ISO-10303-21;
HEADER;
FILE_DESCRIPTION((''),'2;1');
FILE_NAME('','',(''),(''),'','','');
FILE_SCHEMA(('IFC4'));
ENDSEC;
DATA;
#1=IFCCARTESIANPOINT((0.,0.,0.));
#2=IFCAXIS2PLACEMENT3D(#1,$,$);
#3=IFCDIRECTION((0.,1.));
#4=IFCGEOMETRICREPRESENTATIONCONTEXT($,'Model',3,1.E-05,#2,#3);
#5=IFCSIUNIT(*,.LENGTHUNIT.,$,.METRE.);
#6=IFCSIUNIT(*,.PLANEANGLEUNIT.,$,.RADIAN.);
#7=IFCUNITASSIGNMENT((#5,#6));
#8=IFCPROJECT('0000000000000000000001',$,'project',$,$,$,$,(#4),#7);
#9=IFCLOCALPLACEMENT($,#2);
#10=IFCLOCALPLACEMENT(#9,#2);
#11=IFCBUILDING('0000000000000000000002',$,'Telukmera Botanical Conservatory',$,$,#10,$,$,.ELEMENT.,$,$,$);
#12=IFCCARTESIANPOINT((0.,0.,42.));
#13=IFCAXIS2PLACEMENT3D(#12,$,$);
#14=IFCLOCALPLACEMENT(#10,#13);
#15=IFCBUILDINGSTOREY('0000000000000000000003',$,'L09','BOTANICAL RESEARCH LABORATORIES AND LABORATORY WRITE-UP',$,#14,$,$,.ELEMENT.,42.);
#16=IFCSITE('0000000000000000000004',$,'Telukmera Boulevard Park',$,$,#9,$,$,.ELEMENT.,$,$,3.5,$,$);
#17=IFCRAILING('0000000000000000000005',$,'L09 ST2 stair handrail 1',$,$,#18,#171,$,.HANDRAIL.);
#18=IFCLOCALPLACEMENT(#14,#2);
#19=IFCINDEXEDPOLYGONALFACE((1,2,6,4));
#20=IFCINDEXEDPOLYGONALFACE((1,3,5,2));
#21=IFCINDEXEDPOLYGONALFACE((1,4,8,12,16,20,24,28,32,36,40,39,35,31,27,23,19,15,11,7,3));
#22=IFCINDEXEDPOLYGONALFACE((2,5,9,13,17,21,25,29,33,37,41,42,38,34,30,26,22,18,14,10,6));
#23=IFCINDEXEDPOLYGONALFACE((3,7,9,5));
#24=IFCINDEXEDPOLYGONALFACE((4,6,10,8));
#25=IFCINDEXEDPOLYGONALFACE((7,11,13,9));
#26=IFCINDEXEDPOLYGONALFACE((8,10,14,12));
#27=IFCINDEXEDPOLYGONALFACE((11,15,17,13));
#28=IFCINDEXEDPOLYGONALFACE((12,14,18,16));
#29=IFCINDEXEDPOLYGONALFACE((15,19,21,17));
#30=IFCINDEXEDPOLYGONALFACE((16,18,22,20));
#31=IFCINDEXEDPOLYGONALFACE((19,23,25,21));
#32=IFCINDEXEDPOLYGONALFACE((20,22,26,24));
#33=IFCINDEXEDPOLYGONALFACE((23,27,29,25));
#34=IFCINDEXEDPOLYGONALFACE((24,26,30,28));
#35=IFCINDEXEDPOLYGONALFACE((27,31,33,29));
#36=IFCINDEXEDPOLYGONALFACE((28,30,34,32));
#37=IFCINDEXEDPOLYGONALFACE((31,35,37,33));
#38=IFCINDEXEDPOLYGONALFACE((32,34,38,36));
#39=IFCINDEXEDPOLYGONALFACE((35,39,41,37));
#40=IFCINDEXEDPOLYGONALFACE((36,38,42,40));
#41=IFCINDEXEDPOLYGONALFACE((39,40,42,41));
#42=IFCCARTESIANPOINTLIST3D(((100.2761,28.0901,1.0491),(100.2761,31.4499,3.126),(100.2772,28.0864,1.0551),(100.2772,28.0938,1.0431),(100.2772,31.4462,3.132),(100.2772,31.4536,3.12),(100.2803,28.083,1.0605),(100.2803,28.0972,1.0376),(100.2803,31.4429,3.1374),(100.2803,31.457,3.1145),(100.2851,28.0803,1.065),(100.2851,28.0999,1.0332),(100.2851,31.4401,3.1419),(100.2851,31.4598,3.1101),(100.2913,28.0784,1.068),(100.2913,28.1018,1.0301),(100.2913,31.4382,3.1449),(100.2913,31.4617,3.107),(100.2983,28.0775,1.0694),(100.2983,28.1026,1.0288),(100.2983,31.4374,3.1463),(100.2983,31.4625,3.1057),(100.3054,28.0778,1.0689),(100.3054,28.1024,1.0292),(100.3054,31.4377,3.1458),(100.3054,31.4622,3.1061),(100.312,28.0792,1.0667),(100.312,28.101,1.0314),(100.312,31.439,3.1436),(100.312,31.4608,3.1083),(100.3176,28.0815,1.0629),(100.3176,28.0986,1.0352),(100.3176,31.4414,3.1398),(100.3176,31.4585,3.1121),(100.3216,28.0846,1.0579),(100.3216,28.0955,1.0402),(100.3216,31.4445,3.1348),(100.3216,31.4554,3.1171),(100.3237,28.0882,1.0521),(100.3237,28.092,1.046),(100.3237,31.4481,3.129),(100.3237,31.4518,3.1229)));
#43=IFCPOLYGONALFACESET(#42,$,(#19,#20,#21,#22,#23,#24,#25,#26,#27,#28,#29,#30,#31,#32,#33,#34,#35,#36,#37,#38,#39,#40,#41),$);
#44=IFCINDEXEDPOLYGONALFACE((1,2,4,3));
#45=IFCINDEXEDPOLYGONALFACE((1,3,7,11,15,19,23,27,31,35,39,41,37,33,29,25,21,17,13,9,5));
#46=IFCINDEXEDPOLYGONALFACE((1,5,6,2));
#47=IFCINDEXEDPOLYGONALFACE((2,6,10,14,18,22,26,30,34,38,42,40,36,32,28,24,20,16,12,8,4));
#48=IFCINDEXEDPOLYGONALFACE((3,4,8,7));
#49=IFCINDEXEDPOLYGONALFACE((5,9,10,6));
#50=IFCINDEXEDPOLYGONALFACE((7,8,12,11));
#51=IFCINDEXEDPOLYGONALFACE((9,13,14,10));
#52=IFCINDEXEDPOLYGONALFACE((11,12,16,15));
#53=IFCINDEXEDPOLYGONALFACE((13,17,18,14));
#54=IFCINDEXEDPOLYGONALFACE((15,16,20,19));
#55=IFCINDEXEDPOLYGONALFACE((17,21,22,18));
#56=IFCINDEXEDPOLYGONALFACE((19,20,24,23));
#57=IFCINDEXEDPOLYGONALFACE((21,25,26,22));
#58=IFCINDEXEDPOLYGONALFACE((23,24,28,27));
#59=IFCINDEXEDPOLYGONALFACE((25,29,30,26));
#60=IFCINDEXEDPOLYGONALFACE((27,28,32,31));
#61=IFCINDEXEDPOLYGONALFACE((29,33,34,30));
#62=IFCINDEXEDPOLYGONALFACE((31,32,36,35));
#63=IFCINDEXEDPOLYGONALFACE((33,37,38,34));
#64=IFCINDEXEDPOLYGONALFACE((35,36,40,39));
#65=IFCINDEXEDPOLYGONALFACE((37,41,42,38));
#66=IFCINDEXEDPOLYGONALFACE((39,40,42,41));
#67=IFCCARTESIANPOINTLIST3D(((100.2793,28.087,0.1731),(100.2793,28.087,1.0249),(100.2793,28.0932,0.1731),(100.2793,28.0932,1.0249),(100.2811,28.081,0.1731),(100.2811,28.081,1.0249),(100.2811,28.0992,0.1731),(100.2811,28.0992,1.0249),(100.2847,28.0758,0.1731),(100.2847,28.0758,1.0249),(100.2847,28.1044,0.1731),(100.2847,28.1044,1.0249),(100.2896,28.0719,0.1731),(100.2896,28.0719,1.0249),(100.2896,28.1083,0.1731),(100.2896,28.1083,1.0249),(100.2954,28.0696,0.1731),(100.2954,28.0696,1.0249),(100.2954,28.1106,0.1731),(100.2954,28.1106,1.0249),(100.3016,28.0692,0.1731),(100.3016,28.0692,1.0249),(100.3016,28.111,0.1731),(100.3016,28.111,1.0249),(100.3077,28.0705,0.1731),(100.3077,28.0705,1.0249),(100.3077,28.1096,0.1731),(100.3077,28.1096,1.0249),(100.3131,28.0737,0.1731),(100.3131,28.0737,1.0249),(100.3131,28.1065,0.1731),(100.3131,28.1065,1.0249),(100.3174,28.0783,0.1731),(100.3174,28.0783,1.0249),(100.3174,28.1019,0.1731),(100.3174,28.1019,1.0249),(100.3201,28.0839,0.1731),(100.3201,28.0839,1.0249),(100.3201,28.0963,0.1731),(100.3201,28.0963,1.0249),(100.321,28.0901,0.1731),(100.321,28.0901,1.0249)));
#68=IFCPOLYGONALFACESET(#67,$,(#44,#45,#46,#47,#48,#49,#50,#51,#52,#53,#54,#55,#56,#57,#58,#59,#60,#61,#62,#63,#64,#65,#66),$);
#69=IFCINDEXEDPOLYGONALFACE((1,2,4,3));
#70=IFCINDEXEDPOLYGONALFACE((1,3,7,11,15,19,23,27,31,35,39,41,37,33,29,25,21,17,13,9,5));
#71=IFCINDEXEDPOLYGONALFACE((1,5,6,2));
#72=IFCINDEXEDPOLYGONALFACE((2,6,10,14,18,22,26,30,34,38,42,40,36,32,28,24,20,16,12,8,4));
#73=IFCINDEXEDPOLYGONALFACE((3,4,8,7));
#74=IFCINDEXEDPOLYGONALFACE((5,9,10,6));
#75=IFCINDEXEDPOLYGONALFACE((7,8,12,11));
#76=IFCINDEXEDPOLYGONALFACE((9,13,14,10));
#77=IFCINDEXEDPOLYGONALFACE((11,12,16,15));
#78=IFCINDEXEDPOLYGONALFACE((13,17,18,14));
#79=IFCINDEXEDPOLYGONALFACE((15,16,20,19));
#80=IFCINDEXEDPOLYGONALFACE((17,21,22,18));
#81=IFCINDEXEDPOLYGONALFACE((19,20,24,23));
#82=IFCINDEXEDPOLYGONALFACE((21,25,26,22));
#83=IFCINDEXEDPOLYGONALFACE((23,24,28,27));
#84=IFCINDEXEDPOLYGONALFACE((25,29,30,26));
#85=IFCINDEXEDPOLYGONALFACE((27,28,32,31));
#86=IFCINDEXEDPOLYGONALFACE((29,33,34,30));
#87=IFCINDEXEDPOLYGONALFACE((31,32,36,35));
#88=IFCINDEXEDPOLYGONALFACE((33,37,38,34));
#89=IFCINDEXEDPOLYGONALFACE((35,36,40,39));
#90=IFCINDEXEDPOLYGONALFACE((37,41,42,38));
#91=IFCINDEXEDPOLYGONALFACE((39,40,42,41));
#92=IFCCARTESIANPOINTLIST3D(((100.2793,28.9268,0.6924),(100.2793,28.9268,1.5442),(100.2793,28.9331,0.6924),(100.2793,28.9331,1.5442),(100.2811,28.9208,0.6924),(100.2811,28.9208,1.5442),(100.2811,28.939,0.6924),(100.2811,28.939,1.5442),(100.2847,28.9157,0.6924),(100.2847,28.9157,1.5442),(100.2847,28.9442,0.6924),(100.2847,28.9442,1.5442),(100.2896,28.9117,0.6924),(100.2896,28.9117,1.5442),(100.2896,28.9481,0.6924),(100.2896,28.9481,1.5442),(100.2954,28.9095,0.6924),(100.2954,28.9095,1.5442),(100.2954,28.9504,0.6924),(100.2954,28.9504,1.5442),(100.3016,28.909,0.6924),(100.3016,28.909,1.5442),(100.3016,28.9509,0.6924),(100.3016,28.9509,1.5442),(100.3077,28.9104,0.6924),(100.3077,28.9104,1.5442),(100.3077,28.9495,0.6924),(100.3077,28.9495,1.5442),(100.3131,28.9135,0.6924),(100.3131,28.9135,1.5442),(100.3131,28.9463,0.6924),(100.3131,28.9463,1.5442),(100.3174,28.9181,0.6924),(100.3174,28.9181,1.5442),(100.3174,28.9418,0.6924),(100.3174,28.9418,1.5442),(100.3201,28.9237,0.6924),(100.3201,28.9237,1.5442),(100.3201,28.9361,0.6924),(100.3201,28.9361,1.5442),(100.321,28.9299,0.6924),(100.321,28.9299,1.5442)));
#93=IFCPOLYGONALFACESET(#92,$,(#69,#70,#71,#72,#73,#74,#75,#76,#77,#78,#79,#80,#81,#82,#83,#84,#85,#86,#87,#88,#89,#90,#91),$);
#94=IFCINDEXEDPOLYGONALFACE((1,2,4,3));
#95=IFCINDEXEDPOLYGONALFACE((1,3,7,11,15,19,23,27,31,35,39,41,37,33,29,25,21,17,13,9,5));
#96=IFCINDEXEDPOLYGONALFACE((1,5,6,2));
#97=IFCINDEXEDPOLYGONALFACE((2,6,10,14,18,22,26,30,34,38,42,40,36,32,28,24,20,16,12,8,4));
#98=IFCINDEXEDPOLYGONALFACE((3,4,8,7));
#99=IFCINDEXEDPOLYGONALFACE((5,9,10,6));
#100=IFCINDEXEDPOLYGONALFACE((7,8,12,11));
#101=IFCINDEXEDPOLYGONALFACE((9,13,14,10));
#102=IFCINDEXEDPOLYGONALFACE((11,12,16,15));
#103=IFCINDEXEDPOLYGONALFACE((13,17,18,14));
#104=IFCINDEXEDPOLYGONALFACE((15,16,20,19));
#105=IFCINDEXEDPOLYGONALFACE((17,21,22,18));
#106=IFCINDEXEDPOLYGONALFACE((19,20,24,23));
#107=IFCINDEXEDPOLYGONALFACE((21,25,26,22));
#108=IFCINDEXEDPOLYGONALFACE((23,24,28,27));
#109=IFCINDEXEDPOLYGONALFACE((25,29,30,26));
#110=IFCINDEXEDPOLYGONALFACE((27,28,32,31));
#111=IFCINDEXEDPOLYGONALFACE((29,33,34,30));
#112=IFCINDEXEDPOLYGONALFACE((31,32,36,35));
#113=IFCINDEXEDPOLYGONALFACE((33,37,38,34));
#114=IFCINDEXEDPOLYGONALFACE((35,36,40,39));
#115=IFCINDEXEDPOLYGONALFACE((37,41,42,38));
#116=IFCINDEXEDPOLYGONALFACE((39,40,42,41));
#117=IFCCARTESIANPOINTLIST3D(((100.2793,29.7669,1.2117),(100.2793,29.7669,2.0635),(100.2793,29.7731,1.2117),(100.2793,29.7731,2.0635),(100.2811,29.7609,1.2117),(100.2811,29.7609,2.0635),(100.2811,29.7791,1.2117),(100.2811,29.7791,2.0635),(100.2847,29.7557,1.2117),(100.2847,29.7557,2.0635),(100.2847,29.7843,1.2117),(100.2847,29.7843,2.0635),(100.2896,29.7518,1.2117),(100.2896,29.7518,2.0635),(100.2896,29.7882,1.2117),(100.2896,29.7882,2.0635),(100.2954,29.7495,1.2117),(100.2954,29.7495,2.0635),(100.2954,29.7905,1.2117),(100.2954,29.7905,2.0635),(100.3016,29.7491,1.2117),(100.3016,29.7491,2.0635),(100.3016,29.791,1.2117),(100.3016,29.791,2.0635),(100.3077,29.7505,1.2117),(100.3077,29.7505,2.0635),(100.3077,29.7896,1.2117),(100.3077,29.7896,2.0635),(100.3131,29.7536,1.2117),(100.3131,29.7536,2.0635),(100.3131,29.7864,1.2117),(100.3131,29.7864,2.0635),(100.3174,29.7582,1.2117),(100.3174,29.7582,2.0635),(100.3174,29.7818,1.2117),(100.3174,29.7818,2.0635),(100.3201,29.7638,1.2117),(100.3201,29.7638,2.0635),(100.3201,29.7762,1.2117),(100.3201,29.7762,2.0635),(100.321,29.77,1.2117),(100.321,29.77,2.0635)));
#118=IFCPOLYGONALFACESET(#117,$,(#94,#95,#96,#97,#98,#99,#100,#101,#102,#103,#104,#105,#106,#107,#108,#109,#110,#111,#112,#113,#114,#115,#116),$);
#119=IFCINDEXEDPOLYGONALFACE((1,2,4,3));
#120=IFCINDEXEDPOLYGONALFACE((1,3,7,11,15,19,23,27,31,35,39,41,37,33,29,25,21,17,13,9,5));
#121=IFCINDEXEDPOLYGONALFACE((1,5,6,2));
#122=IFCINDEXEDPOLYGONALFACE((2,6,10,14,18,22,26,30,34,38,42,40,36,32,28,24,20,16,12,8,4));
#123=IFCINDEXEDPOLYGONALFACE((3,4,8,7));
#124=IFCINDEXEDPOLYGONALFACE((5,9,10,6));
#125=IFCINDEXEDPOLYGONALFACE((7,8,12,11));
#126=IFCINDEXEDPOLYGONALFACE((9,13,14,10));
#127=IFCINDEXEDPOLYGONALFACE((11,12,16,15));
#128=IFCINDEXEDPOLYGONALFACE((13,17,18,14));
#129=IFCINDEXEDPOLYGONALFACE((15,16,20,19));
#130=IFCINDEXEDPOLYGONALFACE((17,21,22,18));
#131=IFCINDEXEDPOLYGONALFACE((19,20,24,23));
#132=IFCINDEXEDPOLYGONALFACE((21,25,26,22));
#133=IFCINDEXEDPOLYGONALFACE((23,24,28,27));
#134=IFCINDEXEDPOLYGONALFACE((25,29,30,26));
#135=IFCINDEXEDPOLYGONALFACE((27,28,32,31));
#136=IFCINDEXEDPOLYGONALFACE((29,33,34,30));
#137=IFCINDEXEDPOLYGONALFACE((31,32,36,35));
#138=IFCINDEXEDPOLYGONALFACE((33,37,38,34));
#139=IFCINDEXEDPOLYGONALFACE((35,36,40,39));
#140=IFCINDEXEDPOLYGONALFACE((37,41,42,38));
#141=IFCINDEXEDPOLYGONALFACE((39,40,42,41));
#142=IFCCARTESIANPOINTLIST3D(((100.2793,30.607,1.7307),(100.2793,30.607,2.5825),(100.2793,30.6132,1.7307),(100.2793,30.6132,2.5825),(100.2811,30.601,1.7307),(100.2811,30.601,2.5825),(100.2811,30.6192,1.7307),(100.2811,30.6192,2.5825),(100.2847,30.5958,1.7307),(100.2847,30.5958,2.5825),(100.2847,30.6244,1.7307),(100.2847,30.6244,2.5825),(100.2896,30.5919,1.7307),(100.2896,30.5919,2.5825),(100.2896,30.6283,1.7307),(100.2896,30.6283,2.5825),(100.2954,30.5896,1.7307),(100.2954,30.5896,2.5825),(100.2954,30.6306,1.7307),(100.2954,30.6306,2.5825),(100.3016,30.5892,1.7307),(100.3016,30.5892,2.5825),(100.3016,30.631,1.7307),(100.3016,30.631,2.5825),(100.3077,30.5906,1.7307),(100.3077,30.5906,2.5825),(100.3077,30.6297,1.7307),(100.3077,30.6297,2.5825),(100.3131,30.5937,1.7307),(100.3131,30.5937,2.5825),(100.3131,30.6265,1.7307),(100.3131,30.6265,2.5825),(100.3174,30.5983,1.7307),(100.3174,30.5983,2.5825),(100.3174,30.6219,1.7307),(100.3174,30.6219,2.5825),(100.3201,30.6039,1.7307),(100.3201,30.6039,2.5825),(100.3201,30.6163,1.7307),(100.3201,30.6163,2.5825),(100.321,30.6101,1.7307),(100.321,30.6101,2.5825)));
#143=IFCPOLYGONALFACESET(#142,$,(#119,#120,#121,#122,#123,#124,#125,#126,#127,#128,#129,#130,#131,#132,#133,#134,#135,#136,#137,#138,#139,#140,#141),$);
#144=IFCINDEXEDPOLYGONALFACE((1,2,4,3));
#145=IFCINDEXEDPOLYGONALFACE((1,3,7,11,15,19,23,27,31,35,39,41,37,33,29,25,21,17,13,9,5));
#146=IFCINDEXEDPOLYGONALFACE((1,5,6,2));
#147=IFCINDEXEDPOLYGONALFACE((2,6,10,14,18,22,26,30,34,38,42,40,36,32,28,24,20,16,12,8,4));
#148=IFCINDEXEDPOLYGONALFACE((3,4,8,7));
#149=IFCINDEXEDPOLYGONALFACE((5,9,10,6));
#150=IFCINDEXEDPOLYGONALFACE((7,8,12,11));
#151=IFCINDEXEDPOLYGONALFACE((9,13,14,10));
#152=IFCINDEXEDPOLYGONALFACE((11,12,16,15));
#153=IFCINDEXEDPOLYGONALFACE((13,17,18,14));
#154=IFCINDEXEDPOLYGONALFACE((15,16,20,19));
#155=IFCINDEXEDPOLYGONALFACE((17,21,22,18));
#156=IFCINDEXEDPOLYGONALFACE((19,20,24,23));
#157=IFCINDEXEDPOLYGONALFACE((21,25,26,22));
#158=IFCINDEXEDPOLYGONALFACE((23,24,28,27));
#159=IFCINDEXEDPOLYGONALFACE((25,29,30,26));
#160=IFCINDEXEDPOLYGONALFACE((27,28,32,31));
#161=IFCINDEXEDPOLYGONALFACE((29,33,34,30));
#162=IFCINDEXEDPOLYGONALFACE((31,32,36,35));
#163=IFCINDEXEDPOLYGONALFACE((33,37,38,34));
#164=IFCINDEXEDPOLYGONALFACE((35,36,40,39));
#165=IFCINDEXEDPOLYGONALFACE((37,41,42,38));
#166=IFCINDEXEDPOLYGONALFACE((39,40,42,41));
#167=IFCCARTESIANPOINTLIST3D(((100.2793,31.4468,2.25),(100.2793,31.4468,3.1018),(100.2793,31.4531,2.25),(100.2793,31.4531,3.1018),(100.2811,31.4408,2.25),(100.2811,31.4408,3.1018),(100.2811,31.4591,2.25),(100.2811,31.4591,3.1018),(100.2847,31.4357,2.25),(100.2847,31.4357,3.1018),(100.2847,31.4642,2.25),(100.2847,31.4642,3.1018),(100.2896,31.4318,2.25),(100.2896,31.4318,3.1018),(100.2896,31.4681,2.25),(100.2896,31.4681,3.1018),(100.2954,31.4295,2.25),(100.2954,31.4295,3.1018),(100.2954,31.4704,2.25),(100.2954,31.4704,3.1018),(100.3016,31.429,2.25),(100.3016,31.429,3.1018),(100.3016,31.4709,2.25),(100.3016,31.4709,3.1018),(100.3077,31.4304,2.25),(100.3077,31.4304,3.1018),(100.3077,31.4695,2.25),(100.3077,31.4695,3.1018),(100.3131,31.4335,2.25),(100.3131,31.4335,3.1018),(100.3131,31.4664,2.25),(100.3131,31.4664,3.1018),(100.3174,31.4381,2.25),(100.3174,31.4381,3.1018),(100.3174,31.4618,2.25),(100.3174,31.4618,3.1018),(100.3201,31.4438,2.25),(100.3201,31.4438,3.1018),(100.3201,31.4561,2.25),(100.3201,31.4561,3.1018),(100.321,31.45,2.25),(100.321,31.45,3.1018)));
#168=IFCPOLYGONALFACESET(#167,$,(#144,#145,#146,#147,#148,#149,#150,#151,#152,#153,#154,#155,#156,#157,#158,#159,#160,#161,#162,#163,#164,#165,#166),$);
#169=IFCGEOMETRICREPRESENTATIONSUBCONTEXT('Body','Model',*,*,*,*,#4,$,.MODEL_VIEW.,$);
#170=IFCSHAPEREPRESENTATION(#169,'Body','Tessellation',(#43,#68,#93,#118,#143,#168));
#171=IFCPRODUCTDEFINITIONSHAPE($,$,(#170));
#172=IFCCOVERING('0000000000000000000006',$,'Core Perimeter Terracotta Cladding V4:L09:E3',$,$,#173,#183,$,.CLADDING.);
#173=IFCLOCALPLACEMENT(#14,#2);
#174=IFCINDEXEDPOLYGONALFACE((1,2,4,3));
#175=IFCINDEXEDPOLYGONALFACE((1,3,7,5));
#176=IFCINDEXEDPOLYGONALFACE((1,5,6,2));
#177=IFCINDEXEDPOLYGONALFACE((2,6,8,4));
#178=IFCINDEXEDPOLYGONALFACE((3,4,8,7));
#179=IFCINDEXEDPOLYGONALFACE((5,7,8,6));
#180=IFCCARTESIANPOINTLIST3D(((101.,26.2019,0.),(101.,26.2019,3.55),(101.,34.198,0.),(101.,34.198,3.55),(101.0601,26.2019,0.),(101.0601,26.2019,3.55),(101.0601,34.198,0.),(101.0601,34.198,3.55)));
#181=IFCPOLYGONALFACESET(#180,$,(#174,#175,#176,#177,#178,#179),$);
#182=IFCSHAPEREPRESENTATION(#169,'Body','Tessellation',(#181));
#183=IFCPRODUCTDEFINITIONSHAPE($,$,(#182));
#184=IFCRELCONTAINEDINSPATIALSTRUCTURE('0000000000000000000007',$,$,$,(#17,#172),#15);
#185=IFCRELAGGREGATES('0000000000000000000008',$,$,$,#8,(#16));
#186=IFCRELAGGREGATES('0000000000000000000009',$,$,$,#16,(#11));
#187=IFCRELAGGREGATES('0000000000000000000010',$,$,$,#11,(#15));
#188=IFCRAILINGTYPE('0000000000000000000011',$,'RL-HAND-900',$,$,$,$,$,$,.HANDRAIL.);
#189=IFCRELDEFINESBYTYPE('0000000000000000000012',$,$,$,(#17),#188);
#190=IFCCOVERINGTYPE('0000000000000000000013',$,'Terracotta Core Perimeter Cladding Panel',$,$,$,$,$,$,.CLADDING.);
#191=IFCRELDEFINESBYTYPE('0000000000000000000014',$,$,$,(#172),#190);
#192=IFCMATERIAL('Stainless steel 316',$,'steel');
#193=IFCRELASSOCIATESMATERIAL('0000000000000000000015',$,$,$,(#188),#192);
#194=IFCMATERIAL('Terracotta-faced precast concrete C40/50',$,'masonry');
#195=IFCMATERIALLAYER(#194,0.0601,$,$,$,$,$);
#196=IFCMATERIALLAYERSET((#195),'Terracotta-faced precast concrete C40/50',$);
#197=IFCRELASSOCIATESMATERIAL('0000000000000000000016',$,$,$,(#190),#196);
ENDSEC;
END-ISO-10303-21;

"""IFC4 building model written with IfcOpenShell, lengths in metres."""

from ifc_helpers import new_model, si_unit, direction, frame, origin, origin_2d, place, context, subcontext, project, spatial, rectangle, circle, extrude, material, layer, layer_set, type_object, element, save


model = new_model("IFC4")

# Units and contexts
model_context = context("Model", 3, precision=1e-05, world=origin(), true_north=direction((0.0, 1.0)))
body_context = subcontext(model_context, "Body", "Model", "MODEL_VIEW")
ifc_project = project(units=[si_unit("LENGTHUNIT", "METRE"), si_unit("PLANEANGLEUNIT", "RADIAN")], contexts=[model_context])

# Site, building, storey
site_placement = place(None, origin())
site = spatial("IfcSite", under=ifc_project, at=site_placement, Name="Telukmera Boulevard Park", CompositionType="ELEMENT", RefElevation=3.5)
building_placement = place(site_placement, origin())
building = spatial("IfcBuilding", under=site, at=building_placement, Name="Telukmera Botanical Conservatory", CompositionType="ELEMENT")
storey_placement = place(building_placement, frame((0.0, 0.0, 42.0)))
storey = spatial("IfcBuildingStorey", under=building, at=storey_placement, Name="L09", Description="BOTANICAL RESEARCH LABORATORIES AND LABORATORY WRITE-UP", CompositionType="ELEMENT", Elevation=42.0)

# Shared definitions
ifc_material_1 = material(Name="Stainless steel 316", Category="steel")

# Shared definitions
ifc_material_2 = material(Name="Terracotta-faced precast concrete C40/50", Category="masonry")

# Railing
railing_type_1 = type_object("IfcRailingType", Name="RL-HAND-900", PredefinedType="HANDRAIL", material=ifc_material_1)
railing_1_placement = place(storey_placement, frame((100.3, 28.0901, 0.1731)))
element("IfcRailing", 1, at=railing_1_placement, inside=storey, type_object=railing_type_1, Name="L09 ST2 stair handrail 1", PredefinedType="HANDRAIL", context=body_context, shape_type="SweptSolid", body=[
    extrude(circle(Radius=0.0239, at=origin_2d()), frame((0.0, 0.0, 0.876), z_axis=(0.0, 0.850606, 0.525803), x_axis=(-1.0, 0.0, 0.0)), (0.0, 0.0, 1.0), 3.95),
    extrude(circle(Radius=0.021, at=origin_2d()), origin(), (0.0, 0.0, 1.0), 0.8518),
    extrude(circle(Radius=0.021, at=origin_2d()), frame((0.0, 0.8398, 0.5193)), (0.0, 0.0, 1.0), 0.8518),
    extrude(circle(Radius=0.021, at=origin_2d()), frame((0.0, 1.6799, 1.0386)), (0.0, 0.0, 1.0), 0.8518),
    extrude(circle(Radius=0.021, at=origin_2d()), frame((0.0, 2.52, 1.5576)), (0.0, 0.0, 1.0), 0.8518),
    extrude(circle(Radius=0.021, at=origin_2d()), frame((0.0, 3.3599, 2.0769)), (0.0, 0.0, 1.0), 0.8518),
])

# Covering
ifc_layer_1 = layer(ifc_material_2, 0.0601)
ifc_layer_set_1 = layer_set([ifc_layer_1], Name="Terracotta-faced precast concrete C40/50")
covering_type_1 = type_object("IfcCoveringType", Name="Terracotta Core Perimeter Cladding Panel", PredefinedType="CLADDING", material=ifc_layer_set_1)
covering_1_placement = place(storey_placement, frame((101.03, 30.2, 0.0), z_axis=(0.0, 0.0, 1.0), x_axis=(0.0, 1.0, 0.0)))
element("IfcCovering", 2, at=covering_1_placement, inside=storey, type_object=covering_type_1, Name="Core Perimeter Terracotta Cladding V4:L09:E3", PredefinedType="CLADDING", context=body_context, shape_type="SweptSolid", body=[
    extrude(rectangle(XDim=7.9961, YDim=0.0601, at=origin_2d()), origin(), (0.0, 0.0, 1.0), 3.55),
])

save(model, "model.ifc")
